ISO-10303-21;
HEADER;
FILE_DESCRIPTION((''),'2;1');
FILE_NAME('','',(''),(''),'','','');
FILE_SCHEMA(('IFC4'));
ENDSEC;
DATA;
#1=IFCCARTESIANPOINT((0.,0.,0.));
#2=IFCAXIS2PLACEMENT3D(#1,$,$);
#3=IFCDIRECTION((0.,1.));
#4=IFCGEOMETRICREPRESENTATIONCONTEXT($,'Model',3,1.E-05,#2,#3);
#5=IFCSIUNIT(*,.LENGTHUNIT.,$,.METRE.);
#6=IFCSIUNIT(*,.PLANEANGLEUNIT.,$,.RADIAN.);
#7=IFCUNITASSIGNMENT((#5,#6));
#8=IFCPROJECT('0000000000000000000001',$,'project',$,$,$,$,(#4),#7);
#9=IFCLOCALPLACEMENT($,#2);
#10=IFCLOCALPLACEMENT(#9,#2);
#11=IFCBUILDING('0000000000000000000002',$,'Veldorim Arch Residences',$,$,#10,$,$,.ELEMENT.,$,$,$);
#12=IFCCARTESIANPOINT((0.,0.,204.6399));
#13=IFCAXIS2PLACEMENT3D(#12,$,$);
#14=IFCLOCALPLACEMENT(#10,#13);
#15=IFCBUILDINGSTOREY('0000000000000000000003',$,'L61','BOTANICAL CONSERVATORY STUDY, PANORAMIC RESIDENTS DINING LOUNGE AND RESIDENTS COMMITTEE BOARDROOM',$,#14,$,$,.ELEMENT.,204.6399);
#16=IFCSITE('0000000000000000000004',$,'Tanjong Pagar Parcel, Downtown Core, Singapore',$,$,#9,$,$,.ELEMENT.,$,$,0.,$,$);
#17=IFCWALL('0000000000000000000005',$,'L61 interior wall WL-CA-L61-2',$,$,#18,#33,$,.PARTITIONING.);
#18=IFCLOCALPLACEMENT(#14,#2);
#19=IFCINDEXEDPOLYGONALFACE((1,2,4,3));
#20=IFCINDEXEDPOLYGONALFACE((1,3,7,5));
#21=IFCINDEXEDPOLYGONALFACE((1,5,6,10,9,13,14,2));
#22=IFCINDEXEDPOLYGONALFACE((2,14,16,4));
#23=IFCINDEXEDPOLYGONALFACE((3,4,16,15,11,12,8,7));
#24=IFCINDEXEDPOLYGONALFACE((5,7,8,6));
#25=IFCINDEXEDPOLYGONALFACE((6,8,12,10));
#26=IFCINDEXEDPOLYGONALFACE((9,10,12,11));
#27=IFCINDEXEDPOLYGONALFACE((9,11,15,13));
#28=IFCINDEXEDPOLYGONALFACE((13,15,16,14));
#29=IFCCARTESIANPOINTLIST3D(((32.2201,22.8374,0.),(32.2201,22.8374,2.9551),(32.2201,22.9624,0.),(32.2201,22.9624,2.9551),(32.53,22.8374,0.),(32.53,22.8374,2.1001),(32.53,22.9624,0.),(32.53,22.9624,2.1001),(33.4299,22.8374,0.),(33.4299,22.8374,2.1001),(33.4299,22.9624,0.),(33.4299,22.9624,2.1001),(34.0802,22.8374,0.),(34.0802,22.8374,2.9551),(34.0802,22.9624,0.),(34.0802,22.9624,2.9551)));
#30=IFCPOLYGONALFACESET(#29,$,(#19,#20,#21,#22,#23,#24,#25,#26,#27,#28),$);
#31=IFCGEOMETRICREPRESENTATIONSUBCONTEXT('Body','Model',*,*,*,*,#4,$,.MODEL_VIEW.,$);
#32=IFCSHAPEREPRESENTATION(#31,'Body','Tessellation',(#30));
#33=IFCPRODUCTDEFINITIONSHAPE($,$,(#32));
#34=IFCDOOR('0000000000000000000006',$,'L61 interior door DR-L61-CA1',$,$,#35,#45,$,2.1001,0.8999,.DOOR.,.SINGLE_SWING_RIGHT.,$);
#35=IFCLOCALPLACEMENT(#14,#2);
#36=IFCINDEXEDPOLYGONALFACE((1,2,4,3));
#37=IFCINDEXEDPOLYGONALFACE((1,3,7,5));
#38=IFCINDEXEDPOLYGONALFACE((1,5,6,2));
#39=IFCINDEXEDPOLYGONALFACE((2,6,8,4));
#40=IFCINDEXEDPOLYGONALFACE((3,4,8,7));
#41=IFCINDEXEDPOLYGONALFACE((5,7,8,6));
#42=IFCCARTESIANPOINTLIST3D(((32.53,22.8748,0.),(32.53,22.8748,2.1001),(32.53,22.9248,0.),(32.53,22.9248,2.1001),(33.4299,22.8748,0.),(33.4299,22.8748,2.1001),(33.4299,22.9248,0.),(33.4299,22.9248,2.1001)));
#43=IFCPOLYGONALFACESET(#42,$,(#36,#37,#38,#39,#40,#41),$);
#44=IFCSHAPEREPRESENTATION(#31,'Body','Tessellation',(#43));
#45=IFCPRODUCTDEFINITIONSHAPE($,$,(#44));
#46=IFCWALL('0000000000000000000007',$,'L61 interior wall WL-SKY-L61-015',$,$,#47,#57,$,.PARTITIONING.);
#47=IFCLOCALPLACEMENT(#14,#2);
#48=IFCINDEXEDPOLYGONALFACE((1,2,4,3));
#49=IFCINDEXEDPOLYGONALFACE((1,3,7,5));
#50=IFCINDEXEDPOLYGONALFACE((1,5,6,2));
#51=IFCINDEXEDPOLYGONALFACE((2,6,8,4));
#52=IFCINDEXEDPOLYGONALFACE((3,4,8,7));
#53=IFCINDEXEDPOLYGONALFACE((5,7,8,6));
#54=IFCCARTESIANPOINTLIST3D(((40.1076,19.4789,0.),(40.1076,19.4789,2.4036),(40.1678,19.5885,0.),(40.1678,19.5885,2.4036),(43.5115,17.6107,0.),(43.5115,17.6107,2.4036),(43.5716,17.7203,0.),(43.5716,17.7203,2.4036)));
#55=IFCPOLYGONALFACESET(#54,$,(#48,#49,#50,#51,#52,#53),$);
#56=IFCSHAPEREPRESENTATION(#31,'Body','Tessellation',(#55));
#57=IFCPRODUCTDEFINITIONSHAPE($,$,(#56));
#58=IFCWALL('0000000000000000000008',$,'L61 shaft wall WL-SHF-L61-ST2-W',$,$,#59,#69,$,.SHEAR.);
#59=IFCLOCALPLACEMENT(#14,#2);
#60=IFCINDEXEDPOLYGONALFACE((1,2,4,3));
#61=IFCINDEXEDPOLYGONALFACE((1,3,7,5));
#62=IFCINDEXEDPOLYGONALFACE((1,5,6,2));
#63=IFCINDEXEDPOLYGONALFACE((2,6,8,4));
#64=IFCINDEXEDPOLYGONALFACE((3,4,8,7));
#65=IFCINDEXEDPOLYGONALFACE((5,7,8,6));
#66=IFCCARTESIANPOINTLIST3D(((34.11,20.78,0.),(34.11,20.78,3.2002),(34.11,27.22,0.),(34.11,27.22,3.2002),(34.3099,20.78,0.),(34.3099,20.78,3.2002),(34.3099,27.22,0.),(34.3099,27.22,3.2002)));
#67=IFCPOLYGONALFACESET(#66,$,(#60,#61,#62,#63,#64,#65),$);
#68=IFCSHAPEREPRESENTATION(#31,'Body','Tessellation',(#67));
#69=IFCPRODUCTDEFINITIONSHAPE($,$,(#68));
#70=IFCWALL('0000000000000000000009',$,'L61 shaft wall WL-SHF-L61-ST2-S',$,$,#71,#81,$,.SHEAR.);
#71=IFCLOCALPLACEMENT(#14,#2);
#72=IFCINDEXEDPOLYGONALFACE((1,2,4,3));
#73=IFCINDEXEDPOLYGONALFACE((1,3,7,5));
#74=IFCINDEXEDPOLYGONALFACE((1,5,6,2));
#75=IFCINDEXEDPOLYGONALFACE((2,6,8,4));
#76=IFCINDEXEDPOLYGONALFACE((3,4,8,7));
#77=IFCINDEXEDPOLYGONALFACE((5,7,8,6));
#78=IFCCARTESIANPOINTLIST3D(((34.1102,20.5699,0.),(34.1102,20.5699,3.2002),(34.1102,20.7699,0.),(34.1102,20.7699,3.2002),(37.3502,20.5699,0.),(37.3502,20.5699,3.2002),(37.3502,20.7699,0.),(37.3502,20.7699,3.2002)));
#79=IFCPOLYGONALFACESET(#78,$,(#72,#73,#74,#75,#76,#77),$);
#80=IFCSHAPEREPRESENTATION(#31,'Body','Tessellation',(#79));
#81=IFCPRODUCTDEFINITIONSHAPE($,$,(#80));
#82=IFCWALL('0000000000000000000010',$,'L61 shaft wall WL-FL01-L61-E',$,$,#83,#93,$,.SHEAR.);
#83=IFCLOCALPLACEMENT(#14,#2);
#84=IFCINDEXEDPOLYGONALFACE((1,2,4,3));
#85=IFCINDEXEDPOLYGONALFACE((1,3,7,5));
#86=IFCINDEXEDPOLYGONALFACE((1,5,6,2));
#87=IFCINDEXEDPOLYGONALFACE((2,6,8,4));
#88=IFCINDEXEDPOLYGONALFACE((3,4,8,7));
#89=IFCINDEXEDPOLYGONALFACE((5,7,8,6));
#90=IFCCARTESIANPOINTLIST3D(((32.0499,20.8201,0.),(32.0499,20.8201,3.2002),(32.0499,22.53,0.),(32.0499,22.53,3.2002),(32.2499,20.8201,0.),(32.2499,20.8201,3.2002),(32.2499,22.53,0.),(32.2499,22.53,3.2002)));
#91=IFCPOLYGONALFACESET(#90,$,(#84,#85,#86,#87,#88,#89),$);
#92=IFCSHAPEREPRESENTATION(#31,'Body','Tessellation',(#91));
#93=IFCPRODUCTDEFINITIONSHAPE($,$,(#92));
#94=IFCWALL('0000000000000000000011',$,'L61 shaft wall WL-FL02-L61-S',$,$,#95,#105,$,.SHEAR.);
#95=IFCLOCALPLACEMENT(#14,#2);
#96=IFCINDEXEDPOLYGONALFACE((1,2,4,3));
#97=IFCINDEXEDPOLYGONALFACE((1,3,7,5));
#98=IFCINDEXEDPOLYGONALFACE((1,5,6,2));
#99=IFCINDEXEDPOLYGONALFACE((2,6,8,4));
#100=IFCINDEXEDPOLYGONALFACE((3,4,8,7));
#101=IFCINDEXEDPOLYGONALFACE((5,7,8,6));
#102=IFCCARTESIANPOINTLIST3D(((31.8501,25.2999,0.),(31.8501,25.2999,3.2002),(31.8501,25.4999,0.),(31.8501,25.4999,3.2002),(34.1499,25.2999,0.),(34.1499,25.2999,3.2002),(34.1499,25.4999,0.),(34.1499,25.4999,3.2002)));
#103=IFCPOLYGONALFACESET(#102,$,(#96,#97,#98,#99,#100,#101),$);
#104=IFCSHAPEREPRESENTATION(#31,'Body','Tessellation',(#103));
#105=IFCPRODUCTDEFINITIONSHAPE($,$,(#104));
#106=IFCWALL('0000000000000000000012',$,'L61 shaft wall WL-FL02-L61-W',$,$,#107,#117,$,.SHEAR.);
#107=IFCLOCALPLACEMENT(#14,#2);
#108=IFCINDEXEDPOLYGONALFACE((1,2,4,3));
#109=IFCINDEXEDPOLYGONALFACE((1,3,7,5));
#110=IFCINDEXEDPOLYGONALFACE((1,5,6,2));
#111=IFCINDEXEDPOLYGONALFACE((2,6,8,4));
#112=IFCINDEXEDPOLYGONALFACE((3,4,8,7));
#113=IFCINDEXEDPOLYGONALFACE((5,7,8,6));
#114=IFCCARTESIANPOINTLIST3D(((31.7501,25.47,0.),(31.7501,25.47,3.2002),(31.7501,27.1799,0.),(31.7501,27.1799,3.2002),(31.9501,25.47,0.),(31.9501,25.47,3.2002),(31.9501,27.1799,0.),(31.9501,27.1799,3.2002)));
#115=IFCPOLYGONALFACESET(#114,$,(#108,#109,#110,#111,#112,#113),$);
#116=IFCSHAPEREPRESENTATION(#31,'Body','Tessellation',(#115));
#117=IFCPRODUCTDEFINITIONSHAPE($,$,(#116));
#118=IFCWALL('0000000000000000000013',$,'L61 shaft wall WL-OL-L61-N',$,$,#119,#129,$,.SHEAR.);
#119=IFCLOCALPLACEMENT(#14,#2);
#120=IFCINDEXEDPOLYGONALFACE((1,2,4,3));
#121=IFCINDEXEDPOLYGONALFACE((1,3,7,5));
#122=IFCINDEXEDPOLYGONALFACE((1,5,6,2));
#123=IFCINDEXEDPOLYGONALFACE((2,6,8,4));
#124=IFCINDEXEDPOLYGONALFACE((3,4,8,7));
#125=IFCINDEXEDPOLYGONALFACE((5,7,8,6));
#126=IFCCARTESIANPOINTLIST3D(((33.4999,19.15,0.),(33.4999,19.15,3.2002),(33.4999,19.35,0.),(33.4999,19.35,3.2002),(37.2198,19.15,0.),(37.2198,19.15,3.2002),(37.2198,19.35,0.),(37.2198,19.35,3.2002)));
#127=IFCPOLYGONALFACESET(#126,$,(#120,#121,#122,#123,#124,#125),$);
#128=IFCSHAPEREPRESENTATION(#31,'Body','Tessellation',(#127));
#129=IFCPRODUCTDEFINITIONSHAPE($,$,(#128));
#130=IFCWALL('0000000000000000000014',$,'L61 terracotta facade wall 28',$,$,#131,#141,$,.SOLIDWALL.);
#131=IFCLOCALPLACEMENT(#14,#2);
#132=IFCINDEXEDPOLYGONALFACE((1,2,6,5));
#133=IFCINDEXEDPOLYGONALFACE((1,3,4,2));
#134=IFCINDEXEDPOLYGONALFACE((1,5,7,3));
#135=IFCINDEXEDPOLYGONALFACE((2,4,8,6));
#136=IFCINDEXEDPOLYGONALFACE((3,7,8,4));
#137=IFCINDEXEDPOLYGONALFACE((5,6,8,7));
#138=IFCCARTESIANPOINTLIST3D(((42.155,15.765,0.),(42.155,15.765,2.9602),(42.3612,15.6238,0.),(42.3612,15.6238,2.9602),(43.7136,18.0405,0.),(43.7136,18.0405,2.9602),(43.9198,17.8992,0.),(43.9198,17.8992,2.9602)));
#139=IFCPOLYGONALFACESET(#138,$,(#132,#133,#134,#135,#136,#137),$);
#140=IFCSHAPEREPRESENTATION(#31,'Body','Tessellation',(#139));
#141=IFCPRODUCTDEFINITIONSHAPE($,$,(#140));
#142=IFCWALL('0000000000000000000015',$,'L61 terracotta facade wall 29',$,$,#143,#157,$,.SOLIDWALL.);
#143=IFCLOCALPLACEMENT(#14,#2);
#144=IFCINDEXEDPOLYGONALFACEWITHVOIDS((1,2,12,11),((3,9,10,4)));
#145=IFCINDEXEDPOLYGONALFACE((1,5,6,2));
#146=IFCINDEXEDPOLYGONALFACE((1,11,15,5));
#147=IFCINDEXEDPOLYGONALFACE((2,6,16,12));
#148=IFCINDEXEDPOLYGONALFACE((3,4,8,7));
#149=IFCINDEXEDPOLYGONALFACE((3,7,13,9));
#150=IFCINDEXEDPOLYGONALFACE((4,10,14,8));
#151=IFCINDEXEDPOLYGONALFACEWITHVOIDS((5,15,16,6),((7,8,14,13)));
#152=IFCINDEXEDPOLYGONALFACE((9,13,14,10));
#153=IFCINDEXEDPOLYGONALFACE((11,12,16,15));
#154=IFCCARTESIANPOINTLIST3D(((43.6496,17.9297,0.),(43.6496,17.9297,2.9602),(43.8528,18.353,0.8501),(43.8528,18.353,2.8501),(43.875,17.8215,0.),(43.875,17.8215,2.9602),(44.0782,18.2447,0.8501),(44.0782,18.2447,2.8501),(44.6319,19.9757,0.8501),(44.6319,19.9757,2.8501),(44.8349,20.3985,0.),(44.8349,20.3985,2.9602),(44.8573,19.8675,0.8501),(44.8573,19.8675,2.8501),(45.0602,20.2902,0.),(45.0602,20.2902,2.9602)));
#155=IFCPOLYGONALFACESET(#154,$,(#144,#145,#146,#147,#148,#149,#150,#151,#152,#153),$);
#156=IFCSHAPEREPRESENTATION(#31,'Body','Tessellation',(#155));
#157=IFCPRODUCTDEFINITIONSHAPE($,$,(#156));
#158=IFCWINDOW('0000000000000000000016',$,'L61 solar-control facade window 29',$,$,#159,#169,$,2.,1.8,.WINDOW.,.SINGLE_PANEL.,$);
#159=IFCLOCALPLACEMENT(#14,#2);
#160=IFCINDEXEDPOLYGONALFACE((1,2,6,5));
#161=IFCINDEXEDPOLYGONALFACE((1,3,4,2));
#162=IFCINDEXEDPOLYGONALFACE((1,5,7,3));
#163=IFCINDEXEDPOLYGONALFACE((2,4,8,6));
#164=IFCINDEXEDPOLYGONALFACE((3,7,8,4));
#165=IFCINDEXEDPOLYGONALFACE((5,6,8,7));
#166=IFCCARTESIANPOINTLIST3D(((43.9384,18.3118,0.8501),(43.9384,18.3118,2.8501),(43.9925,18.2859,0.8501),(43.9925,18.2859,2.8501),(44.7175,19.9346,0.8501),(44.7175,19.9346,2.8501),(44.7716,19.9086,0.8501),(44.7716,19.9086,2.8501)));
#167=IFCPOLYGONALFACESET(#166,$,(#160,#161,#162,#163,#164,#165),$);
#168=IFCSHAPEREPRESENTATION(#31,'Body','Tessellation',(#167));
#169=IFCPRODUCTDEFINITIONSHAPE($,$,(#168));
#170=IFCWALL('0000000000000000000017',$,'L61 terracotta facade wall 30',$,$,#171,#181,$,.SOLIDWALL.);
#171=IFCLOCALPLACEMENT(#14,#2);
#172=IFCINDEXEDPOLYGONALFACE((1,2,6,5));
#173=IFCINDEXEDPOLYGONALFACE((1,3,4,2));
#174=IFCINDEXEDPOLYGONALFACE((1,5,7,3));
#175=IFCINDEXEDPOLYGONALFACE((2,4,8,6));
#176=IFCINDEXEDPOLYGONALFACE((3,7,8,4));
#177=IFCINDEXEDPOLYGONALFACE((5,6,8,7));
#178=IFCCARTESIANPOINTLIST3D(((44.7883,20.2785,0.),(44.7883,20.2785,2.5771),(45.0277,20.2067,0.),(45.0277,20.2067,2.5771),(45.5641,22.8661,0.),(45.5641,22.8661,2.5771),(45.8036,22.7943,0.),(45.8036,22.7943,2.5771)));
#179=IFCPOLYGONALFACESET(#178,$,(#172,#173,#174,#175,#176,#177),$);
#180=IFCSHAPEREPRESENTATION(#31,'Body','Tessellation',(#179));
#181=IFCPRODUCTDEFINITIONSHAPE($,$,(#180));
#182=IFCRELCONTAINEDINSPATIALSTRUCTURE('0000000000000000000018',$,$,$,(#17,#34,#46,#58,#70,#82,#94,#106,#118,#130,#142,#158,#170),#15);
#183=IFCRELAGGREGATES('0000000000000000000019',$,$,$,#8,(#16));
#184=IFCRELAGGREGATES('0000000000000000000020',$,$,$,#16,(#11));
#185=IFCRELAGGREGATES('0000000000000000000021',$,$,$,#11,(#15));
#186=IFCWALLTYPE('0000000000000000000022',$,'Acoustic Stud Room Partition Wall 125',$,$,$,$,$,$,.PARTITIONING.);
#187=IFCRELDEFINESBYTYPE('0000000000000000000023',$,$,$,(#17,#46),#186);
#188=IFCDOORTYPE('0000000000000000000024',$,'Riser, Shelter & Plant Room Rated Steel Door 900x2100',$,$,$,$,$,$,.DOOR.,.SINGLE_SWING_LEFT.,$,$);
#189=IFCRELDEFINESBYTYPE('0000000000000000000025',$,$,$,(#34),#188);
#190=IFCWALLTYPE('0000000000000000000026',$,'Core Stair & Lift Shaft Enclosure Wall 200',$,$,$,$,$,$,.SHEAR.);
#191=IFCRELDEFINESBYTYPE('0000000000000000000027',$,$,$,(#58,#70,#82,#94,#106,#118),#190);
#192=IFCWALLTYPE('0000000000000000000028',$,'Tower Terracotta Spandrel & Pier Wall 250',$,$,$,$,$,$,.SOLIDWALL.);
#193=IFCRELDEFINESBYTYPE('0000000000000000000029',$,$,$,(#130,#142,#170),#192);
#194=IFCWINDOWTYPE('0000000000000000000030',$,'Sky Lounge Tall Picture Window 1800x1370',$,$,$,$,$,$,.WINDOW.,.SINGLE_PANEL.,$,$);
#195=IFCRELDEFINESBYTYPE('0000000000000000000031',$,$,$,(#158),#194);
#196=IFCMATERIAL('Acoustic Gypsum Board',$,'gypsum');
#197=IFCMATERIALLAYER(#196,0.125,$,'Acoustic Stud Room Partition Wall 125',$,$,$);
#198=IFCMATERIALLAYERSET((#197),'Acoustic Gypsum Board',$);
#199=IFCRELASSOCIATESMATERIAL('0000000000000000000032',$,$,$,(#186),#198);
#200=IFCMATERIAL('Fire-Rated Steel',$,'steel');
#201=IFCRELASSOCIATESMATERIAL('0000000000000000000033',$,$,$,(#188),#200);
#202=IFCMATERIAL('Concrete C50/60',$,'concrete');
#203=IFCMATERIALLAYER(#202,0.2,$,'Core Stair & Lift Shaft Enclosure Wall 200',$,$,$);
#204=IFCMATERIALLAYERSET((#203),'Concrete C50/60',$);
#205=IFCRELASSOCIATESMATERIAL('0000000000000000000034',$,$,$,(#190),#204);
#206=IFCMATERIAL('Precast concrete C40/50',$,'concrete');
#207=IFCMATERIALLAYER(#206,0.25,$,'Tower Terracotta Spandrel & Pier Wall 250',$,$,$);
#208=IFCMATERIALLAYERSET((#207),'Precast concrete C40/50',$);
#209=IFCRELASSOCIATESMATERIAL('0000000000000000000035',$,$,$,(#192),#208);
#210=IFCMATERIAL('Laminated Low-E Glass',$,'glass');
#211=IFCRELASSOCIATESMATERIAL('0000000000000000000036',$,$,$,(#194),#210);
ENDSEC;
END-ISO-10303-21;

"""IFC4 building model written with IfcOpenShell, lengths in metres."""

from ifc_helpers import new_model, si_unit, direction, frame, frame_2d, origin, place, context, subcontext, project, spatial, rectangle, extrude, material, layer, layer_set, type_object, element, fill, save


model = new_model("IFC4")

# Units and contexts
model_context = context("Model", 3, precision=1e-05, world=origin(), true_north=direction((0.0, 1.0)))
body_context = subcontext(model_context, "Body", "Model", "MODEL_VIEW")
ifc_project = project(units=[si_unit("LENGTHUNIT", "METRE"), si_unit("PLANEANGLEUNIT", "RADIAN")], contexts=[model_context])

# Site, building, storey
site_placement = place(None, origin())
site = spatial("IfcSite", under=ifc_project, at=site_placement, Name="Tanjong Pagar Parcel, Downtown Core, Singapore", CompositionType="ELEMENT", RefElevation=0.0)
building_placement = place(site_placement, origin())
building = spatial("IfcBuilding", under=site, at=building_placement, Name="Veldorim Arch Residences", CompositionType="ELEMENT")
storey_placement = place(building_placement, frame((0.0, 0.0, 204.6399)))
storey = spatial("IfcBuildingStorey", under=building, at=storey_placement, Name="L61", Description="BOTANICAL CONSERVATORY STUDY, PANORAMIC RESIDENTS DINING LOUNGE AND RESIDENTS COMMITTEE BOARDROOM", CompositionType="ELEMENT", Elevation=204.6399)

# Wall, opening, door
ifc_material_1 = material(Name="Acoustic Gypsum Board", Category="gypsum")
ifc_layer_1 = layer(ifc_material_1, 0.125, Name="Acoustic Stud Room Partition Wall 125")
ifc_layer_set_1 = layer_set([ifc_layer_1], Name="Acoustic Gypsum Board")
wall_type_1 = type_object("IfcWallType", Name="Acoustic Stud Room Partition Wall 125", PredefinedType="PARTITIONING", material=ifc_layer_set_1)
wall_1_placement = place(storey_placement, frame((32.22, 22.8999, 0.0), z_axis=(0.0, 0.0, 1.0), x_axis=(1.0, 0.0, 0.0)))
wall_1 = element("IfcWall", 1, at=wall_1_placement, inside=storey, type_object=wall_type_1, Name="L61 interior wall WL-CA-L61-2", PredefinedType="PARTITIONING", context=body_context, shape_type="SweptSolid", body=[
    extrude(rectangle(XDim=1.8601, YDim=0.125, at=frame_2d((0.9302, 0.0))), origin(), (0.0, 0.0, 1.0), 2.9551),
])
opening_1_placement = place(wall_1_placement, frame((0.3101, 0.0, 0.0)))
opening_1 = element("IfcOpeningElement", 2, at=opening_1_placement, cuts=wall_1, PredefinedType="OPENING", context=body_context, shape_type="SweptSolid", body=[
    extrude(rectangle(XDim=0.8999, YDim=2.1001, at=frame_2d((0.45, 1.05))), frame((0.0, 0.0725, 0.0), z_axis=(0.0, -1.0, 0.0), x_axis=(1.0, 0.0, 0.0)), (0.0, 0.0, 1.0), 0.145),
])
ifc_material_2 = material(Name="Fire-Rated Steel", Category="steel")
door_type = type_object("IfcDoorType", Name="Riser, Shelter & Plant Room Rated Steel Door 900x2100", OperationType="SINGLE_SWING_LEFT", PredefinedType="DOOR", material=ifc_material_2)
door_placement = place(opening_1_placement, origin())
door = element("IfcDoor", 3, at=door_placement, inside=storey, type_object=door_type, Name="L61 interior door DR-L61-CA1", OperationType="SINGLE_SWING_RIGHT", OverallHeight=2.1001, OverallWidth=0.8999, PredefinedType="DOOR", context=body_context, shape_type="SweptSolid", body=[
    extrude(rectangle(XDim=0.8999, YDim=2.1001, at=frame_2d((0.45, 1.05))), frame((0.0, 0.0249, 0.0), z_axis=(0.0, -1.0, 0.0), x_axis=(1.0, 0.0, 0.0)), (0.0, 0.0, 1.0), 0.05),
])
fill(opening_1, door)

# Walls
wall_2_placement = place(storey_placement, frame((40.1377, 19.5337, 0.0), z_axis=(0.0, 0.0, 1.0), x_axis=(0.876643, -0.481141, 0.0)))
element("IfcWall", 4, at=wall_2_placement, inside=storey, type_object=wall_type_1, Name="L61 interior wall WL-SKY-L61-015", PredefinedType="PARTITIONING", context=body_context, shape_type="SweptSolid", body=[
    extrude(rectangle(XDim=3.8828, YDim=0.125, at=frame_2d((1.9414, 0.0))), origin(), (0.0, 0.0, 1.0), 2.4036),
])
ifc_material_3 = material(Name="Concrete C50/60", Category="concrete")
ifc_layer_2 = layer(ifc_material_3, 0.2, Name="Core Stair & Lift Shaft Enclosure Wall 200")
ifc_layer_set_2 = layer_set([ifc_layer_2], Name="Concrete C50/60")
wall_type_2 = type_object("IfcWallType", Name="Core Stair & Lift Shaft Enclosure Wall 200", PredefinedType="SHEAR", material=ifc_layer_set_2)
wall_3_placement = place(storey_placement, frame((34.21, 20.78, 0.0), z_axis=(0.0, 0.0, 1.0), x_axis=(0.0, 1.0, 0.0)))
element("IfcWall", 5, at=wall_3_placement, inside=storey, type_object=wall_type_2, Name="L61 shaft wall WL-SHF-L61-ST2-W", PredefinedType="SHEAR", context=body_context, shape_type="SweptSolid", body=[
    extrude(rectangle(XDim=6.4399, YDim=0.2, at=frame_2d((3.22, 0.0))), origin(), (0.0, 0.0, 1.0), 3.2002),
])
wall_4_placement = place(storey_placement, frame((34.1101, 20.6699, 0.0), z_axis=(0.0, 0.0, 1.0), x_axis=(1.0, 0.0, 0.0)))
element("IfcWall", 6, at=wall_4_placement, inside=storey, type_object=wall_type_2, Name="L61 shaft wall WL-SHF-L61-ST2-S", PredefinedType="SHEAR", context=body_context, shape_type="SweptSolid", body=[
    extrude(rectangle(XDim=3.24, YDim=0.2, at=frame_2d((1.6201, 0.0))), origin(), (0.0, 0.0, 1.0), 3.2002),
])
wall_5_placement = place(storey_placement, frame((32.1499, 20.8201, 0.0), z_axis=(0.0, 0.0, 1.0), x_axis=(0.0, 1.0, 0.0)))
element("IfcWall", 7, at=wall_5_placement, inside=storey, type_object=wall_type_2, Name="L61 shaft wall WL-FL01-L61-E", PredefinedType="SHEAR", context=body_context, shape_type="SweptSolid", body=[
    extrude(rectangle(XDim=1.71, YDim=0.2, at=frame_2d((0.855, 0.0))), origin(), (0.0, 0.0, 1.0), 3.2002),
])
wall_6_placement = place(storey_placement, frame((31.8501, 25.3999, 0.0), z_axis=(0.0, 0.0, 1.0), x_axis=(1.0, 0.0, 0.0)))
element("IfcWall", 8, at=wall_6_placement, inside=storey, type_object=wall_type_2, Name="L61 shaft wall WL-FL02-L61-S", PredefinedType="SHEAR", context=body_context, shape_type="SweptSolid", body=[
    extrude(rectangle(XDim=2.2998, YDim=0.2, at=frame_2d((1.1499, 0.0))), origin(), (0.0, 0.0, 1.0), 3.2002),
])
wall_7_placement = place(storey_placement, frame((31.8501, 25.47, 0.0), z_axis=(0.0, 0.0, 1.0), x_axis=(0.0, 1.0, 0.0)))
element("IfcWall", 9, at=wall_7_placement, inside=storey, type_object=wall_type_2, Name="L61 shaft wall WL-FL02-L61-W", PredefinedType="SHEAR", context=body_context, shape_type="SweptSolid", body=[
    extrude(rectangle(XDim=1.71, YDim=0.2, at=frame_2d((0.855, 0.0))), origin(), (0.0, 0.0, 1.0), 3.2002),
])
wall_8_placement = place(storey_placement, frame((33.5, 19.25, 0.0), z_axis=(0.0, 0.0, 1.0), x_axis=(1.0, 0.0, 0.0)))
element("IfcWall", 10, at=wall_8_placement, inside=storey, type_object=wall_type_2, Name="L61 shaft wall WL-OL-L61-N", PredefinedType="SHEAR", context=body_context, shape_type="SweptSolid", body=[
    extrude(rectangle(XDim=3.72, YDim=0.2, at=frame_2d((1.8599, 0.0))), origin(), (0.0, 0.0, 1.0), 3.2002),
])
ifc_material_4 = material(Name="Precast concrete C40/50", Category="concrete")
ifc_layer_3 = layer(ifc_material_4, 0.25, Name="Tower Terracotta Spandrel & Pier Wall 250")
ifc_layer_set_3 = layer_set([ifc_layer_3], Name="Precast concrete C40/50")
wall_type_3 = type_object("IfcWallType", Name="Tower Terracotta Spandrel & Pier Wall 250", PredefinedType="SOLIDWALL", material=ifc_layer_set_3)
wall_9_placement = place(storey_placement, frame((43.8167, 17.9697, 0.0), z_axis=(0.0, 0.0, 1.0), x_axis=(-0.565115, -0.825012, 0.0)))
element("IfcWall", 11, at=wall_9_placement, inside=storey, type_object=wall_type_3, Name="L61 terracotta facade wall 28", PredefinedType="SOLIDWALL", context=body_context, shape_type="SweptSolid", body=[
    extrude(rectangle(XDim=2.7581, YDim=0.25, at=frame_2d((1.3789, 0.0))), origin(), (0.0, 0.0, 1.0), 2.9602),
])

# Wall, opening, window
wall_10_placement = place(storey_placement, frame((44.9475, 20.3442, 0.0), z_axis=(0.0, 0.0, 1.0), x_axis=(-0.432821, -0.90148, 0.0)))
wall_10 = element("IfcWall", 12, at=wall_10_placement, inside=storey, type_object=wall_type_3, Name="L61 terracotta facade wall 29", PredefinedType="SOLIDWALL", context=body_context, shape_type="SweptSolid", body=[
    extrude(rectangle(XDim=2.7385, YDim=0.25, at=frame_2d((1.3691, 0.0))), origin(), (0.0, 0.0, 1.0), 2.9602),
])
opening_2_placement = place(wall_10_placement, frame((0.469, 0.0, 0.8501)))
opening_2 = element("IfcOpeningElement", 13, at=opening_2_placement, cuts=wall_10, PredefinedType="OPENING", context=body_context, shape_type="SweptSolid", body=[
    extrude(rectangle(XDim=1.8, YDim=2.0, at=frame_2d((0.8999, 1.0))), frame((0.0, 0.135, 0.0), z_axis=(0.0, -1.0, 0.0), x_axis=(1.0, 0.0, 0.0)), (0.0, 0.0, 1.0), 0.27),
])
ifc_material_5 = material(Name="Laminated Low-E Glass", Category="glass")
window_type = type_object("IfcWindowType", Name="Sky Lounge Tall Picture Window 1800x1370", PartitioningType="SINGLE_PANEL", PredefinedType="WINDOW", material=ifc_material_5)
window_placement = place(opening_2_placement, origin())
window = element("IfcWindow", 14, at=window_placement, inside=storey, type_object=window_type, Name="L61 solar-control facade window 29", OverallHeight=2.0, OverallWidth=1.8, PartitioningType="SINGLE_PANEL", PredefinedType="WINDOW", context=body_context, shape_type="SweptSolid", body=[
    extrude(rectangle(XDim=1.8, YDim=2.0, at=frame_2d((0.8999, 1.0))), frame((0.0, 0.03, 0.0), z_axis=(0.0, -1.0, 0.0), x_axis=(1.0, 0.0, 0.0)), (0.0, 0.0, 1.0), 0.0601),
])
fill(opening_2, window)

# Wall
wall_11_placement = place(storey_placement, frame((45.6838, 22.8301, 0.0), z_axis=(0.0, 0.0, 1.0), x_axis=(-0.287207, -0.957869, 0.0)))
element("IfcWall", 15, at=wall_11_placement, inside=storey, type_object=wall_type_3, Name="L61 terracotta facade wall 30", PredefinedType="SOLIDWALL", context=body_context, shape_type="SweptSolid", body=[
    extrude(rectangle(XDim=2.7014, YDim=0.25, at=frame_2d((1.3506, 0.0))), origin(), (0.0, 0.0, 1.0), 2.5771),
])

save(model, "model.ifc")
